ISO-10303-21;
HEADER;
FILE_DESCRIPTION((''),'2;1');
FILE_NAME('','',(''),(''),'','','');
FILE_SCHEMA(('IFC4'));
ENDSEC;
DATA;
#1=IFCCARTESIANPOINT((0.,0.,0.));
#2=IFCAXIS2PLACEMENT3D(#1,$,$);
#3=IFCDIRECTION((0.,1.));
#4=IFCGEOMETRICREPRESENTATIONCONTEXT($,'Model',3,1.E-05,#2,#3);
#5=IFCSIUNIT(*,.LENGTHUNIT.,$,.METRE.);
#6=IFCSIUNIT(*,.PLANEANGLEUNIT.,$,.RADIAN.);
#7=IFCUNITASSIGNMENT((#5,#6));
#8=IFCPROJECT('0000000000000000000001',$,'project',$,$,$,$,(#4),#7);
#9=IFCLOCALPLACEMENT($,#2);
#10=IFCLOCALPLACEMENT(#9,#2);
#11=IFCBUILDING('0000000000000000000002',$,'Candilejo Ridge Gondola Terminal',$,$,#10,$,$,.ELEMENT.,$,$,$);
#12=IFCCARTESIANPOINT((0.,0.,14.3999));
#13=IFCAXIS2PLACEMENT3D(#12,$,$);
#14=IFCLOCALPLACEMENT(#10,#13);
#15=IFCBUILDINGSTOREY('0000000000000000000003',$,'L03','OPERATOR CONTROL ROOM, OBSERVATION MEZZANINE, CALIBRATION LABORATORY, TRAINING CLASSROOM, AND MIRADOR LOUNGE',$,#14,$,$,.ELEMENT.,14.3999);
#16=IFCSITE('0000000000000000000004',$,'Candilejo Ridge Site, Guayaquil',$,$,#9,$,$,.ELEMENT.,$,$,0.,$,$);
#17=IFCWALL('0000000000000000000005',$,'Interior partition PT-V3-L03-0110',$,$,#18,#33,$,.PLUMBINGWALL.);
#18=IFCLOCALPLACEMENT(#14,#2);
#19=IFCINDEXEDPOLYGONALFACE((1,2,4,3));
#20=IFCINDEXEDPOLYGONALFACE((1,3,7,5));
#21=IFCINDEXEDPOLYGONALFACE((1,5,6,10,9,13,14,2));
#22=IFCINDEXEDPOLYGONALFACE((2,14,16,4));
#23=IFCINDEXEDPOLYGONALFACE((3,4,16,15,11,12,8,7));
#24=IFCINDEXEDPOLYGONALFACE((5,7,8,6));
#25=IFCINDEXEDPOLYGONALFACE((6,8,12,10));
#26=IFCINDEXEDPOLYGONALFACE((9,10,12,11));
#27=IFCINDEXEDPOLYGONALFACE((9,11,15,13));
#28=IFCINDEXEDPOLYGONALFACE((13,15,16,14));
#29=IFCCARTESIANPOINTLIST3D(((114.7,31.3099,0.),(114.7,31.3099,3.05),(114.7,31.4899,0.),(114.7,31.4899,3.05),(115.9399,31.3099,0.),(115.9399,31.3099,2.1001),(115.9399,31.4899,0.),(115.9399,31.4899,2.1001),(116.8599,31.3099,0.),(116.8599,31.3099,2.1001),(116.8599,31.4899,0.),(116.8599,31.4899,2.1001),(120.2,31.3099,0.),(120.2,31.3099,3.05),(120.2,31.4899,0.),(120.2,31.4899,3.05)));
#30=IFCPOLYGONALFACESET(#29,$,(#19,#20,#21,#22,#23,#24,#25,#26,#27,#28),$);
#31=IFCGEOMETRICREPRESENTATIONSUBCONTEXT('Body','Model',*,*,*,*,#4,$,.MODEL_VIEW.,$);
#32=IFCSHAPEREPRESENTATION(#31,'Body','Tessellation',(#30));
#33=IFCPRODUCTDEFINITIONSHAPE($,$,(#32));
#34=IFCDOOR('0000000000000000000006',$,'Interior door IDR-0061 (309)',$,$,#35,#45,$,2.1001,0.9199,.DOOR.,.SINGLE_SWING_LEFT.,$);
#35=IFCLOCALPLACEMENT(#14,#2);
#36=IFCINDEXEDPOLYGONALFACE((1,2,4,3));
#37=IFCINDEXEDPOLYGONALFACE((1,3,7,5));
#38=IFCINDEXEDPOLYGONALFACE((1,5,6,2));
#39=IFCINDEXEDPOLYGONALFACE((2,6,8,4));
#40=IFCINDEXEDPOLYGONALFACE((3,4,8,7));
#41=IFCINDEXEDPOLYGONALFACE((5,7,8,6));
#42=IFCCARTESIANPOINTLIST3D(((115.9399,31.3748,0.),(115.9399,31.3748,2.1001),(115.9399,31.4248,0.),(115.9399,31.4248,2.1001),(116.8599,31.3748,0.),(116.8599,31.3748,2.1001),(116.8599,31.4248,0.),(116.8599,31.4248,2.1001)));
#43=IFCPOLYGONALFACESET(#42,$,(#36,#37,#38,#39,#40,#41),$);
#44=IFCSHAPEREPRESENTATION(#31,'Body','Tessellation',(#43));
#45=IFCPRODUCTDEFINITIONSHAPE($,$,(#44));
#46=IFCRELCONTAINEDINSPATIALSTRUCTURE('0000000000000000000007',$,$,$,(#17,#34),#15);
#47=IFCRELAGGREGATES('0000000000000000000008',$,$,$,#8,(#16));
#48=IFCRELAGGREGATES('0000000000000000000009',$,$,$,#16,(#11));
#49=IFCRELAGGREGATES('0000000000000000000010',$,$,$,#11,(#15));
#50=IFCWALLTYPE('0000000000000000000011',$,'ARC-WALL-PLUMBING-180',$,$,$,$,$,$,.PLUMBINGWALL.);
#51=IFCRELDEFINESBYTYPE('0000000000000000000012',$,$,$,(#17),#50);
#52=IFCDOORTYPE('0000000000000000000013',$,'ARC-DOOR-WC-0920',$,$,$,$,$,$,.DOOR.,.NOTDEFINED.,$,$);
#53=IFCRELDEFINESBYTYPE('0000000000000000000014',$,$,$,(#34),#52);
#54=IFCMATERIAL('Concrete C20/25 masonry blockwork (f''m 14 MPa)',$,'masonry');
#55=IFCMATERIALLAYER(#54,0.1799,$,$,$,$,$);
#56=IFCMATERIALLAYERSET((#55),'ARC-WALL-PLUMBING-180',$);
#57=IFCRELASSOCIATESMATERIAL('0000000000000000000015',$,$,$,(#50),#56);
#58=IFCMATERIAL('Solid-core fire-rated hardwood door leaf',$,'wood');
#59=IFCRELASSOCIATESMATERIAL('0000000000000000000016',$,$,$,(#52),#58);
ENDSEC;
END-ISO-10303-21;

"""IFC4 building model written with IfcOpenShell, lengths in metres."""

from ifc_helpers import new_model, si_unit, direction, frame, frame_2d, origin, place, context, subcontext, project, spatial, rectangle, extrude, material, layer, layer_set, type_object, element, fill, save


model = new_model("IFC4")

# Units and contexts
model_context = context("Model", 3, precision=1e-05, world=origin(), true_north=direction((0.0, 1.0)))
body_context = subcontext(model_context, "Body", "Model", "MODEL_VIEW")
ifc_project = project(units=[si_unit("LENGTHUNIT", "METRE"), si_unit("PLANEANGLEUNIT", "RADIAN")], contexts=[model_context])

# Site, building, storey
site_placement = place(None, origin())
site = spatial("IfcSite", under=ifc_project, at=site_placement, Name="Candilejo Ridge Site, Guayaquil", CompositionType="ELEMENT", RefElevation=0.0)
building_placement = place(site_placement, origin())
building = spatial("IfcBuilding", under=site, at=building_placement, Name="Candilejo Ridge Gondola Terminal", CompositionType="ELEMENT")
storey_placement = place(building_placement, frame((0.0, 0.0, 14.3999)))
storey = spatial("IfcBuildingStorey", under=building, at=storey_placement, Name="L03", Description="OPERATOR CONTROL ROOM, OBSERVATION MEZZANINE, CALIBRATION LABORATORY, TRAINING CLASSROOM, AND MIRADOR LOUNGE", CompositionType="ELEMENT", Elevation=14.3999)

# Shared definitions
ifc_material_1 = material(Name="Concrete C20/25 masonry blockwork (f'm 14 MPa)", Category="masonry")
ifc_layer_1 = layer(ifc_material_1, 0.1799)
ifc_layer_set_1 = layer_set([ifc_layer_1], Name="ARC-WALL-PLUMBING-180")
wall_type_1 = type_object("IfcWallType", Name="ARC-WALL-PLUMBING-180", PredefinedType="PLUMBINGWALL", material=ifc_layer_set_1)

# Wall, opening, door
wall_1_placement = place(storey_placement, frame((114.7, 31.3999, 0.0), z_axis=(0.0, 0.0, 1.0), x_axis=(1.0, 0.0, 0.0)))
wall_1 = element("IfcWall", 1, at=wall_1_placement, inside=storey, type_object=wall_type_1, Name="Interior partition PT-V3-L03-0110", PredefinedType="PLUMBINGWALL", context=body_context, shape_type="SweptSolid", body=[
    extrude(rectangle(XDim=5.5, YDim=0.1799, at=frame_2d((2.75, 0.0))), origin(), (0.0, 0.0, 1.0), 3.05),
])
opening_1_placement = place(wall_1_placement, frame((1.24, 0.0, 0.0)))
opening_1 = element("IfcOpeningElement", 2, at=opening_1_placement, cuts=wall_1, PredefinedType="OPENING", context=body_context, shape_type="SweptSolid", body=[
    extrude(rectangle(XDim=0.9199, YDim=2.1001, at=frame_2d((0.46, 1.05))), frame((0.0, 0.0999, 0.0), z_axis=(0.0, -1.0, 0.0), x_axis=(1.0, 0.0, 0.0)), (0.0, 0.0, 1.0), 0.2),
])
ifc_material_2 = material(Name="Solid-core fire-rated hardwood door leaf", Category="wood")
door_type_1 = type_object("IfcDoorType", Name="ARC-DOOR-WC-0920", OperationType="NOTDEFINED", PredefinedType="DOOR", material=ifc_material_2)
door_1_placement = place(opening_1_placement, origin())
door_1 = element("IfcDoor", 3, at=door_1_placement, inside=storey, type_object=door_type_1, Name="Interior door IDR-0061 (309)", OperationType="SINGLE_SWING_LEFT", OverallHeight=2.1001, OverallWidth=0.9199, PredefinedType="DOOR", context=body_context, shape_type="SweptSolid", body=[
    extrude(rectangle(XDim=0.9199, YDim=2.1001, at=frame_2d((0.46, 1.05))), frame((0.0, 0.0249, 0.0), z_axis=(0.0, -1.0, 0.0), x_axis=(1.0, 0.0, 0.0)), (0.0, 0.0, 1.0), 0.05),
])
fill(opening_1, door_1)

save(model, "model.ifc")
